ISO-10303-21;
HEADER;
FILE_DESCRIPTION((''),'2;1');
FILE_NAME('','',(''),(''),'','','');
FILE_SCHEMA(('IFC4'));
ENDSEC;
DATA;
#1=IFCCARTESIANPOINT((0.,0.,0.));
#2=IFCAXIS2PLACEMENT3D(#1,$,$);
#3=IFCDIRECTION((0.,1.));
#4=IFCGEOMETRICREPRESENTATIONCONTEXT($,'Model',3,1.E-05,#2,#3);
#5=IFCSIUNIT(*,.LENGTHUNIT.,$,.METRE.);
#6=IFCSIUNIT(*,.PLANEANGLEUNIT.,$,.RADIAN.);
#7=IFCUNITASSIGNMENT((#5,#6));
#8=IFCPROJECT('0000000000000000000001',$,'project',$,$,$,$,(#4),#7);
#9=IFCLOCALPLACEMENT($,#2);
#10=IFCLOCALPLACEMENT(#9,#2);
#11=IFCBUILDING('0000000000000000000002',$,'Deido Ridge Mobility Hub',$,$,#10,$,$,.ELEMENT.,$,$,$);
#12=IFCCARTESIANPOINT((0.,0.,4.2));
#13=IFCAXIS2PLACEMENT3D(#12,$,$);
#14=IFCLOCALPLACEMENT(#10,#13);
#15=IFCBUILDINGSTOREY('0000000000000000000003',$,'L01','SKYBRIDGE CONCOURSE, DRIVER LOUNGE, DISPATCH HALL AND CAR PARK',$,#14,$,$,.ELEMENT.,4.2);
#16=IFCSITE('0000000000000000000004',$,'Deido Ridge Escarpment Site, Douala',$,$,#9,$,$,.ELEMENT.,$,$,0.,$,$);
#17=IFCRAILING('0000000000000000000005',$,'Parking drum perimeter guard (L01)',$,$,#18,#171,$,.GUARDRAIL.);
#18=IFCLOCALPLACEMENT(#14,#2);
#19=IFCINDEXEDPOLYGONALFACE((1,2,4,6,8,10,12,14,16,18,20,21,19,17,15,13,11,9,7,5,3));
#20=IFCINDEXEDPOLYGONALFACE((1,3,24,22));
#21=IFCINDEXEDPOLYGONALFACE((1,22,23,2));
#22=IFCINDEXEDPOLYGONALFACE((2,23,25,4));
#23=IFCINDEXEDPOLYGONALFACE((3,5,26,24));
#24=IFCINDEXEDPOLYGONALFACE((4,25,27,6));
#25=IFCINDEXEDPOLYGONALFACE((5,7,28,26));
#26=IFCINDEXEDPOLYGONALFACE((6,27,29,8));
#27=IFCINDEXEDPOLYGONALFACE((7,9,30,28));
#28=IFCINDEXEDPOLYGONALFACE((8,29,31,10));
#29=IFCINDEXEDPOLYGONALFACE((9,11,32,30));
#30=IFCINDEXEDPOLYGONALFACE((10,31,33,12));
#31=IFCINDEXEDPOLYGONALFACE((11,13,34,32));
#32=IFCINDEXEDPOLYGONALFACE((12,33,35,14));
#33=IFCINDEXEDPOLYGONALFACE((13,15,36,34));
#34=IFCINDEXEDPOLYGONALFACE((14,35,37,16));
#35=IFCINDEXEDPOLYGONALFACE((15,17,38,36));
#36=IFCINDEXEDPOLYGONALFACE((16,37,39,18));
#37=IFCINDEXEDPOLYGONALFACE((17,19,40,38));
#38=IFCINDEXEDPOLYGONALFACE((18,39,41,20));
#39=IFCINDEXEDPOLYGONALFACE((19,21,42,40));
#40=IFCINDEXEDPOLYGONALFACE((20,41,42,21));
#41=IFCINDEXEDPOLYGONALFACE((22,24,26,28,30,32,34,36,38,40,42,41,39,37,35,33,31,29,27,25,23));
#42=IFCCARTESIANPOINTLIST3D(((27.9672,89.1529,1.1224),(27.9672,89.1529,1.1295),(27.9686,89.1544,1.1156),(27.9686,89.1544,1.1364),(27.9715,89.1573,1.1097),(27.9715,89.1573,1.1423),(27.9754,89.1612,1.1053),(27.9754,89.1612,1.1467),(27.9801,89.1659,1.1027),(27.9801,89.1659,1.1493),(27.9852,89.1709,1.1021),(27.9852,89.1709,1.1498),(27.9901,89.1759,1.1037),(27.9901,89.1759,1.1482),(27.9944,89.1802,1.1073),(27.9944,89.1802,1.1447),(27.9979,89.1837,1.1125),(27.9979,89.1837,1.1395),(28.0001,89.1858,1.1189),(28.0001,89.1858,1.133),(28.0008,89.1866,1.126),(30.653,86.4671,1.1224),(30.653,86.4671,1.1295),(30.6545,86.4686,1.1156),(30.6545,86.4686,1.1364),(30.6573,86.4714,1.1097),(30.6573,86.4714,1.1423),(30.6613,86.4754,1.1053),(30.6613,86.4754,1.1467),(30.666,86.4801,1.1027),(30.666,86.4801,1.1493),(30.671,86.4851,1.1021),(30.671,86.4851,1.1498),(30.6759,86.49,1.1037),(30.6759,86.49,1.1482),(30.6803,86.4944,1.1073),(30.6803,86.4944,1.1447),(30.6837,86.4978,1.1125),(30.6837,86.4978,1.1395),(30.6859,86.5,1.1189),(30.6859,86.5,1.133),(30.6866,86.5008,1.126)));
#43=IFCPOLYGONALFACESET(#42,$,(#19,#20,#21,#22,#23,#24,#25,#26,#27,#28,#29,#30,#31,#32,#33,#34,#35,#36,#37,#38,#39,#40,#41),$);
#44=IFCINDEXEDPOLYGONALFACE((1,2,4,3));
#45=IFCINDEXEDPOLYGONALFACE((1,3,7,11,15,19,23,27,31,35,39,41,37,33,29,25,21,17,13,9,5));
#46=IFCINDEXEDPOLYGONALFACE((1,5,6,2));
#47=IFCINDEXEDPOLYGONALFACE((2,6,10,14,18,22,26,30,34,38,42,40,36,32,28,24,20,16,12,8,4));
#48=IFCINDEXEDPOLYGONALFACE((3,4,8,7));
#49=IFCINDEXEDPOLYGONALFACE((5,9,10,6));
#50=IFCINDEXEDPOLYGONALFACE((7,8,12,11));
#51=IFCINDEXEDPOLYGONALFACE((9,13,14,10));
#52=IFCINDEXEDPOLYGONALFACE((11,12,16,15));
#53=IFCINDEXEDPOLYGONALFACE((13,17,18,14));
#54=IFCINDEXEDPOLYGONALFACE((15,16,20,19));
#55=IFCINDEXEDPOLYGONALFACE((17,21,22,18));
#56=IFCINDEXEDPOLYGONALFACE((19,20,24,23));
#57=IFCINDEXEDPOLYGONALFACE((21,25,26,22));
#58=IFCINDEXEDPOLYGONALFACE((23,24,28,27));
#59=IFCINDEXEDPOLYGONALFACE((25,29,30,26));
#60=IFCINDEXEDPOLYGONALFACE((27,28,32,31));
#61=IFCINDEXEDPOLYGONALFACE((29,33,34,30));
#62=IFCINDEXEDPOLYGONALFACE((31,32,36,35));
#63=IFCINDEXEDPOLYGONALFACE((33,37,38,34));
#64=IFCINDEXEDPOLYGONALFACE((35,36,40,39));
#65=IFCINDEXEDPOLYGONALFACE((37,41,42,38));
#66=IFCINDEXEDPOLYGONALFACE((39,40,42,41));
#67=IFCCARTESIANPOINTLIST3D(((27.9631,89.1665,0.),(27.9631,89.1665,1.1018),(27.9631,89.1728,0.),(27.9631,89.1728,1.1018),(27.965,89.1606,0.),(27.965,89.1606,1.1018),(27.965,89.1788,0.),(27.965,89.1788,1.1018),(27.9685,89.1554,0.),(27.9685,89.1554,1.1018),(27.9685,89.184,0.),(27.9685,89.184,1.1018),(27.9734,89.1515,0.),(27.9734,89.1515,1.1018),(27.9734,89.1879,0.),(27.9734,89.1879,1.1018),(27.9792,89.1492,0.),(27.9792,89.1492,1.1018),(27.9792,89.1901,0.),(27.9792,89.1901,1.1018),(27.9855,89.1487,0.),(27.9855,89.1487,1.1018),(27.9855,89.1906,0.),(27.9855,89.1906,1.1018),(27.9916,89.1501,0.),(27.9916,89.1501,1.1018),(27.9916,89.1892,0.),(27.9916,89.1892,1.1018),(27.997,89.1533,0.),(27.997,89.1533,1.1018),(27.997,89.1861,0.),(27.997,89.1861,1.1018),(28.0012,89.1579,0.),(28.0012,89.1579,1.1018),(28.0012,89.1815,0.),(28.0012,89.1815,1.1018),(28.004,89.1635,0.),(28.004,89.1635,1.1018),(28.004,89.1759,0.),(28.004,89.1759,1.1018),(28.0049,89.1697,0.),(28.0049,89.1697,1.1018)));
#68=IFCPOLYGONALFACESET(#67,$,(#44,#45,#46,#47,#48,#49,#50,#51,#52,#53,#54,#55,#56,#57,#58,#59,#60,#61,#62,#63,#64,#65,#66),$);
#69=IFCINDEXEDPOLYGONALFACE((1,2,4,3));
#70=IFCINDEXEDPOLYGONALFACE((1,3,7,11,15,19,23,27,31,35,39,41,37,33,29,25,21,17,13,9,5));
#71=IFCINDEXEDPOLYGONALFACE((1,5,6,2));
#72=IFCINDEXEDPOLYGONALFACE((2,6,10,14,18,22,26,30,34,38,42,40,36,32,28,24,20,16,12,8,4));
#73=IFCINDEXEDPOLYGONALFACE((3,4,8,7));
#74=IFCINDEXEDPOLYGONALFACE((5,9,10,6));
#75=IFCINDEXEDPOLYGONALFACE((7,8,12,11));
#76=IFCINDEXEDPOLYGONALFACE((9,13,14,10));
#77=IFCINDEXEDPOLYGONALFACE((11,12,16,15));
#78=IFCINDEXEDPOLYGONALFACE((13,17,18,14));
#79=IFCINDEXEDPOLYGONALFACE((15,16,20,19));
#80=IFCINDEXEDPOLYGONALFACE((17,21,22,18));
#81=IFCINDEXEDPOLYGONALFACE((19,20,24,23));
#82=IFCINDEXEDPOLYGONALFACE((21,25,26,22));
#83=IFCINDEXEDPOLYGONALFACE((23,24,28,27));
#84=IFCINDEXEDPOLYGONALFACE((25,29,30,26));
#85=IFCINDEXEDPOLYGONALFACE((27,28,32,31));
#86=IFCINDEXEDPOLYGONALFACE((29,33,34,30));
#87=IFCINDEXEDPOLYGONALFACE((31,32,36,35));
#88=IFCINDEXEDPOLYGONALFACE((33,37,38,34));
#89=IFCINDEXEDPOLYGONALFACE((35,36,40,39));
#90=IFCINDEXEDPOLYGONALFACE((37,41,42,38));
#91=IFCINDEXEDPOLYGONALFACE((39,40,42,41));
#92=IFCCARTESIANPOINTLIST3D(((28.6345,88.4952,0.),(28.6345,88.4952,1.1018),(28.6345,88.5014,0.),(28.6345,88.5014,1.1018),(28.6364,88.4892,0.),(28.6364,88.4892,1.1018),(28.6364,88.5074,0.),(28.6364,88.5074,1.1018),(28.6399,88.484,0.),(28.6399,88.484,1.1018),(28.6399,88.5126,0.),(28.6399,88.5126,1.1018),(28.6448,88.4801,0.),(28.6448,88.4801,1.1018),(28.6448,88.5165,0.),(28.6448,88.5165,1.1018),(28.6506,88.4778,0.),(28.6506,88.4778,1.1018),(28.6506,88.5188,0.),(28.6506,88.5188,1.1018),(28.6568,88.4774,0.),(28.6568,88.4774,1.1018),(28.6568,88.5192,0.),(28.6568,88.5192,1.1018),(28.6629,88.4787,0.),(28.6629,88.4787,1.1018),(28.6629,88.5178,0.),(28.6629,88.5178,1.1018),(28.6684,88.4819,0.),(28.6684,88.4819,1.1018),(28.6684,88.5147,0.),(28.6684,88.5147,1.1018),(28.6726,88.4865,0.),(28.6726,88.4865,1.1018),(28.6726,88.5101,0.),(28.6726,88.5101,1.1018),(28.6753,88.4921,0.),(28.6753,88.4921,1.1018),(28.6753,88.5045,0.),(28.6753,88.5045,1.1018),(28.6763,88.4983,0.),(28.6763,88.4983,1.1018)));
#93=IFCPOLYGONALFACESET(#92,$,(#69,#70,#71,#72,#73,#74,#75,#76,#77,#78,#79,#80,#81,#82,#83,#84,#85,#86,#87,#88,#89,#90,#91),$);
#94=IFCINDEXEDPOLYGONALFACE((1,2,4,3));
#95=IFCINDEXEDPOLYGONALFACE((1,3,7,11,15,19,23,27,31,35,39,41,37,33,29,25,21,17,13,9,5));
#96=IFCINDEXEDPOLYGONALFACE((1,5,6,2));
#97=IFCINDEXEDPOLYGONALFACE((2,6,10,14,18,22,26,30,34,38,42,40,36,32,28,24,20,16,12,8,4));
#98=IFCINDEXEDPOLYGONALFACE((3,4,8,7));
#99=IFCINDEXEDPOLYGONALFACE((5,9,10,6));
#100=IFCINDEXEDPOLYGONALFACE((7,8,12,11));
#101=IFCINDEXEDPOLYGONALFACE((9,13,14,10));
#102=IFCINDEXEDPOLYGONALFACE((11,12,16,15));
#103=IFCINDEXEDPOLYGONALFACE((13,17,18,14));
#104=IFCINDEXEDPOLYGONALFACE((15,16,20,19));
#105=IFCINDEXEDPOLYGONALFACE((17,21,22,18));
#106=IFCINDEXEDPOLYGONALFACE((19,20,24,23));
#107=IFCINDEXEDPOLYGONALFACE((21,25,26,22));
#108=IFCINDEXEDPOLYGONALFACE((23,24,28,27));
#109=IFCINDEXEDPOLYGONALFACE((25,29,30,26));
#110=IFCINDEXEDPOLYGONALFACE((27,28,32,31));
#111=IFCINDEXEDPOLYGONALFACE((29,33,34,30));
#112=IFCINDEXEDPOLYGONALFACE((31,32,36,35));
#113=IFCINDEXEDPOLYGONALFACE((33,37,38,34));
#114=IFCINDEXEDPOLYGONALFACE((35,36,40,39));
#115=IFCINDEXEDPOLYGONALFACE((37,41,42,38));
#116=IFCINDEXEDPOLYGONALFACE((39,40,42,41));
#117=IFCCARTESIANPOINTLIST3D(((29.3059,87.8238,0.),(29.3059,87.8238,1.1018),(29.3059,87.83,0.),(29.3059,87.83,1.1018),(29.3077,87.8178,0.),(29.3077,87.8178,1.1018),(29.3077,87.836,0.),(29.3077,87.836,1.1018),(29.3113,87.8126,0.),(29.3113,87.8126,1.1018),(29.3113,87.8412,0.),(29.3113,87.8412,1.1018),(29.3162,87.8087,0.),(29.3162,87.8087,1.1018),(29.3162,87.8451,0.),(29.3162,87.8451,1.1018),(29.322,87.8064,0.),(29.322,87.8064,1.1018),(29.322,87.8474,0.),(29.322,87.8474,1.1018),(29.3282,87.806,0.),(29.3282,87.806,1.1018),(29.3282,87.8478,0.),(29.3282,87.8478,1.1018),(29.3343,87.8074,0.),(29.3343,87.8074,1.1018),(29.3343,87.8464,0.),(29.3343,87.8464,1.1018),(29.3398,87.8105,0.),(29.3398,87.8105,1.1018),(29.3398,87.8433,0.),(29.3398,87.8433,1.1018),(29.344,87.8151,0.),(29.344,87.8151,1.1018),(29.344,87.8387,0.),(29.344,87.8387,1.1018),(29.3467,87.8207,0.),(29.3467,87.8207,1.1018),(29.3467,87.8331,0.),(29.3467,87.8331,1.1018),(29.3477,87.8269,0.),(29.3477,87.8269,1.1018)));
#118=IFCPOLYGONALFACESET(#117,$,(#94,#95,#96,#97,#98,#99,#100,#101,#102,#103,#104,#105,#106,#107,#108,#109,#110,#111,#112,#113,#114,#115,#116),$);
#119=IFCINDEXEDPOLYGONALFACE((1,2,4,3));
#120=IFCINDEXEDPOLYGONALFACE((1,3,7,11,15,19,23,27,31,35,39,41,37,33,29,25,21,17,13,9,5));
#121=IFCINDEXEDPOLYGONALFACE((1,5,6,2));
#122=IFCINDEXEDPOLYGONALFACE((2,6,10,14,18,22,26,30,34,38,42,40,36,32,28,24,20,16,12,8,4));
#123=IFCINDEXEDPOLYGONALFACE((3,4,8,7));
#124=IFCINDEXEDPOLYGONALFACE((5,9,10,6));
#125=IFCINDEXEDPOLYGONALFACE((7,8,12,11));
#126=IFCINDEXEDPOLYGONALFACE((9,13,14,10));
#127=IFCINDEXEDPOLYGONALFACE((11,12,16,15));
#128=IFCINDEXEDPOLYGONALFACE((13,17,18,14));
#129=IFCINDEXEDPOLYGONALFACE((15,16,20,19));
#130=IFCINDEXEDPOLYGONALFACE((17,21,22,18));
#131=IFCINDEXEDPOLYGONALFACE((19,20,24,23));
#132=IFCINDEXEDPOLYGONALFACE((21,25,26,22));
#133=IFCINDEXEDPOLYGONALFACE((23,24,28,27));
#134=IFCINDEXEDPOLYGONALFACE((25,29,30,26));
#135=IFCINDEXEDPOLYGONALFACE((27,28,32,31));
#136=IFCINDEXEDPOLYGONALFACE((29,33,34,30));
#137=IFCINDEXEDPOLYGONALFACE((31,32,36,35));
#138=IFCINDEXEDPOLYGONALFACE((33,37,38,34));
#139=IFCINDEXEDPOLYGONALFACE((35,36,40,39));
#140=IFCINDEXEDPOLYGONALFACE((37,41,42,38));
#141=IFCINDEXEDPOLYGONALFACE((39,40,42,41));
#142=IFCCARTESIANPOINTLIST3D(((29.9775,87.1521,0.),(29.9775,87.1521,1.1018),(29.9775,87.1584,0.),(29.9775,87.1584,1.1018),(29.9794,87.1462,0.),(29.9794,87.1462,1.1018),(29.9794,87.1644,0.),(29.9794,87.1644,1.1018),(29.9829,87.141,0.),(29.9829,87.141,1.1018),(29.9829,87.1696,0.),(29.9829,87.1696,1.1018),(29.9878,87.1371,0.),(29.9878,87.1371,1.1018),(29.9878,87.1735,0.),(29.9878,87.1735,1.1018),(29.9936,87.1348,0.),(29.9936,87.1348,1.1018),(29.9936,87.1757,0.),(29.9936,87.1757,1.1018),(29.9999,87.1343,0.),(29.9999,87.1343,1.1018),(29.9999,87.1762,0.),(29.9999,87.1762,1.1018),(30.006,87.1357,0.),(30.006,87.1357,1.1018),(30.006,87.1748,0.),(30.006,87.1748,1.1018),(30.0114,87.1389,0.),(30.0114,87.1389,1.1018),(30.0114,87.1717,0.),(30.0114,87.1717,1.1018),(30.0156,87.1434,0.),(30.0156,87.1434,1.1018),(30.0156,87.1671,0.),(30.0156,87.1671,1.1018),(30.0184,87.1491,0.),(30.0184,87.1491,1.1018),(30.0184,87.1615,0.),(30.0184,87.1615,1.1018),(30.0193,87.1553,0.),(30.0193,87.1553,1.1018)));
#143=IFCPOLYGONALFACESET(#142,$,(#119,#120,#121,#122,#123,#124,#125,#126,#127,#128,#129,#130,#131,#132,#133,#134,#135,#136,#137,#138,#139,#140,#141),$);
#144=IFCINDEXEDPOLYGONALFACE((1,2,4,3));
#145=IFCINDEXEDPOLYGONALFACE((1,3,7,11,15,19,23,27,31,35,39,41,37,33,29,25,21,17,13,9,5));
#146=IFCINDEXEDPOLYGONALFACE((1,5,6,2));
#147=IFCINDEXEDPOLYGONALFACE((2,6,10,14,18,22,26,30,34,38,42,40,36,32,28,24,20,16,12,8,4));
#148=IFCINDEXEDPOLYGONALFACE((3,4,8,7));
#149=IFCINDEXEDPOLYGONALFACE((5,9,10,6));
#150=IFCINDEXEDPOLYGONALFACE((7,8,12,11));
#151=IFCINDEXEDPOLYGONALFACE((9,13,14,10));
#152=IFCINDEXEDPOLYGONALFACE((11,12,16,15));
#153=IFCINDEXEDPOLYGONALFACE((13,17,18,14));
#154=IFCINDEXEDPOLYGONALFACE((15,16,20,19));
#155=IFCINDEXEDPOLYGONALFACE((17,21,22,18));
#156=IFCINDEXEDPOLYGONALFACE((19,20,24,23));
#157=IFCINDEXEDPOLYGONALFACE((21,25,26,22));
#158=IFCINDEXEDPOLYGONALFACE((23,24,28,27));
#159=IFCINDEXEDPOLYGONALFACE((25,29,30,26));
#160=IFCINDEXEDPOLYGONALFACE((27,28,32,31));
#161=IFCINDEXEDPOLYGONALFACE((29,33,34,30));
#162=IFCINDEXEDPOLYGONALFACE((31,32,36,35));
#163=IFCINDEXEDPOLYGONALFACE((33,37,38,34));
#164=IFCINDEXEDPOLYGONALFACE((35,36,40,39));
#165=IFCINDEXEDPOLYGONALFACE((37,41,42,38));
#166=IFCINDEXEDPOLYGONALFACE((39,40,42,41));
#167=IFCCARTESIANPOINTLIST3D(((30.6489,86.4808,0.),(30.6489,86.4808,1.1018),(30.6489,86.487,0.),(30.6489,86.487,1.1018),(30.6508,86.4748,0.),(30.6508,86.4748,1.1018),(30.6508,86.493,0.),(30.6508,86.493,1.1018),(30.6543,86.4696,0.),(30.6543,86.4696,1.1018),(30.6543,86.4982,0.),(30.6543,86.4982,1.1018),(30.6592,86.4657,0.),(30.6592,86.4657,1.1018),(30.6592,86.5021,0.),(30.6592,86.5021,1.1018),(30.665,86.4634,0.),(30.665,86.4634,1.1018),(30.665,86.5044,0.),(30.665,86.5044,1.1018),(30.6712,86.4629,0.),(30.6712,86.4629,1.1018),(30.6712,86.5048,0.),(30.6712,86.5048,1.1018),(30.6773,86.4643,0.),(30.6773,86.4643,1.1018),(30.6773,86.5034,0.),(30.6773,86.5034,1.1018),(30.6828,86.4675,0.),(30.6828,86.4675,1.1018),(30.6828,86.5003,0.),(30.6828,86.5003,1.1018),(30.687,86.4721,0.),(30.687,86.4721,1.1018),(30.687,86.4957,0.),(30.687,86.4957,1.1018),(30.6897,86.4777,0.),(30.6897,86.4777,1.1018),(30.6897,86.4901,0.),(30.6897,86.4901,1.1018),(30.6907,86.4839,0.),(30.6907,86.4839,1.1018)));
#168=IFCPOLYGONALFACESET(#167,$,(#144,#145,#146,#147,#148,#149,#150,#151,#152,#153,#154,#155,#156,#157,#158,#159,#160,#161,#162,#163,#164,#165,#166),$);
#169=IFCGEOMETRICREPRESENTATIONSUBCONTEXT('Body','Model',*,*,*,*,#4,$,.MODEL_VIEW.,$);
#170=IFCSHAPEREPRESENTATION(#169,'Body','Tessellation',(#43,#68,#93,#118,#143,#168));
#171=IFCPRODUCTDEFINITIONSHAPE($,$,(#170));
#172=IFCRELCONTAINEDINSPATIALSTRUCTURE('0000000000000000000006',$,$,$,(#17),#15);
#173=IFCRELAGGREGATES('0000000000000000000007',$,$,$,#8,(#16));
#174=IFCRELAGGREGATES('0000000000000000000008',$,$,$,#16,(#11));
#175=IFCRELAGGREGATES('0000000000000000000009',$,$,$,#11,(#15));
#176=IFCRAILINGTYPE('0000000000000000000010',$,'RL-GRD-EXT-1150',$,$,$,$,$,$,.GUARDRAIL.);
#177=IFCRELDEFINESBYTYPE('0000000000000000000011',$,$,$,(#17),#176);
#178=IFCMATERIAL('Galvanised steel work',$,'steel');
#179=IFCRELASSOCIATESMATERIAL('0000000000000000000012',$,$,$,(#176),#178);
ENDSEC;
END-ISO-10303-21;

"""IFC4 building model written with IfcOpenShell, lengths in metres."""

from ifc_helpers import new_model, si_unit, direction, frame, origin, origin_2d, place, context, subcontext, project, spatial, circle, extrude, material, type_object, element, save


model = new_model("IFC4")

# Units and contexts
model_context = context("Model", 3, precision=1e-05, world=origin(), true_north=direction((0.0, 1.0)))
body_context = subcontext(model_context, "Body", "Model", "MODEL_VIEW")
ifc_project = project(units=[si_unit("LENGTHUNIT", "METRE"), si_unit("PLANEANGLEUNIT", "RADIAN")], contexts=[model_context])

# Site, building, storey
site_placement = place(None, origin())
site = spatial("IfcSite", under=ifc_project, at=site_placement, Name="Deido Ridge Escarpment Site, Douala", CompositionType="ELEMENT", RefElevation=0.0)
building_placement = place(site_placement, origin())
building = spatial("IfcBuilding", under=site, at=building_placement, Name="Deido Ridge Mobility Hub", CompositionType="ELEMENT")
storey_placement = place(building_placement, frame((0.0, 0.0, 4.2)))
storey = spatial("IfcBuildingStorey", under=building, at=storey_placement, Name="L01", Description="SKYBRIDGE CONCOURSE, DRIVER LOUNGE, DISPATCH HALL AND CAR PARK", CompositionType="ELEMENT", Elevation=4.2)

# Railing
ifc_material_1 = material(Name="Galvanised steel work", Category="steel")
railing_type = type_object("IfcRailingType", Name="RL-GRD-EXT-1150", PredefinedType="GUARDRAIL", material=ifc_material_1)
railing_1_placement = place(storey_placement, frame((27.9839, 89.1697, 0.0)))
element("IfcRailing", 1, at=railing_1_placement, inside=storey, type_object=railing_type, Name="Parking drum perimeter guard (L01)", PredefinedType="GUARDRAIL", context=body_context, shape_type="SweptSolid", body=[
    extrude(circle(Radius=0.0239, at=origin_2d()), frame((0.0, 0.0, 1.126), z_axis=(0.707107, -0.707107, 0.0), x_axis=(0.707107, 0.707107, 0.0)), (0.0, 0.0, 1.0), 3.7983),
    extrude(circle(Radius=0.021, at=origin_2d()), origin(), (0.0, 0.0, 1.0), 1.1018),
    extrude(circle(Radius=0.021, at=origin_2d()), frame((0.6714, -0.6714, 0.0)), (0.0, 0.0, 1.0), 1.1018),
    extrude(circle(Radius=0.021, at=origin_2d()), frame((1.3428, -1.3428, 0.0)), (0.0, 0.0, 1.0), 1.1018),
    extrude(circle(Radius=0.021, at=origin_2d()), frame((2.0144, -2.0144, 0.0)), (0.0, 0.0, 1.0), 1.1018),
    extrude(circle(Radius=0.021, at=origin_2d()), frame((2.6858, -2.6858, 0.0)), (0.0, 0.0, 1.0), 1.1018),
])

save(model, "model.ifc")
